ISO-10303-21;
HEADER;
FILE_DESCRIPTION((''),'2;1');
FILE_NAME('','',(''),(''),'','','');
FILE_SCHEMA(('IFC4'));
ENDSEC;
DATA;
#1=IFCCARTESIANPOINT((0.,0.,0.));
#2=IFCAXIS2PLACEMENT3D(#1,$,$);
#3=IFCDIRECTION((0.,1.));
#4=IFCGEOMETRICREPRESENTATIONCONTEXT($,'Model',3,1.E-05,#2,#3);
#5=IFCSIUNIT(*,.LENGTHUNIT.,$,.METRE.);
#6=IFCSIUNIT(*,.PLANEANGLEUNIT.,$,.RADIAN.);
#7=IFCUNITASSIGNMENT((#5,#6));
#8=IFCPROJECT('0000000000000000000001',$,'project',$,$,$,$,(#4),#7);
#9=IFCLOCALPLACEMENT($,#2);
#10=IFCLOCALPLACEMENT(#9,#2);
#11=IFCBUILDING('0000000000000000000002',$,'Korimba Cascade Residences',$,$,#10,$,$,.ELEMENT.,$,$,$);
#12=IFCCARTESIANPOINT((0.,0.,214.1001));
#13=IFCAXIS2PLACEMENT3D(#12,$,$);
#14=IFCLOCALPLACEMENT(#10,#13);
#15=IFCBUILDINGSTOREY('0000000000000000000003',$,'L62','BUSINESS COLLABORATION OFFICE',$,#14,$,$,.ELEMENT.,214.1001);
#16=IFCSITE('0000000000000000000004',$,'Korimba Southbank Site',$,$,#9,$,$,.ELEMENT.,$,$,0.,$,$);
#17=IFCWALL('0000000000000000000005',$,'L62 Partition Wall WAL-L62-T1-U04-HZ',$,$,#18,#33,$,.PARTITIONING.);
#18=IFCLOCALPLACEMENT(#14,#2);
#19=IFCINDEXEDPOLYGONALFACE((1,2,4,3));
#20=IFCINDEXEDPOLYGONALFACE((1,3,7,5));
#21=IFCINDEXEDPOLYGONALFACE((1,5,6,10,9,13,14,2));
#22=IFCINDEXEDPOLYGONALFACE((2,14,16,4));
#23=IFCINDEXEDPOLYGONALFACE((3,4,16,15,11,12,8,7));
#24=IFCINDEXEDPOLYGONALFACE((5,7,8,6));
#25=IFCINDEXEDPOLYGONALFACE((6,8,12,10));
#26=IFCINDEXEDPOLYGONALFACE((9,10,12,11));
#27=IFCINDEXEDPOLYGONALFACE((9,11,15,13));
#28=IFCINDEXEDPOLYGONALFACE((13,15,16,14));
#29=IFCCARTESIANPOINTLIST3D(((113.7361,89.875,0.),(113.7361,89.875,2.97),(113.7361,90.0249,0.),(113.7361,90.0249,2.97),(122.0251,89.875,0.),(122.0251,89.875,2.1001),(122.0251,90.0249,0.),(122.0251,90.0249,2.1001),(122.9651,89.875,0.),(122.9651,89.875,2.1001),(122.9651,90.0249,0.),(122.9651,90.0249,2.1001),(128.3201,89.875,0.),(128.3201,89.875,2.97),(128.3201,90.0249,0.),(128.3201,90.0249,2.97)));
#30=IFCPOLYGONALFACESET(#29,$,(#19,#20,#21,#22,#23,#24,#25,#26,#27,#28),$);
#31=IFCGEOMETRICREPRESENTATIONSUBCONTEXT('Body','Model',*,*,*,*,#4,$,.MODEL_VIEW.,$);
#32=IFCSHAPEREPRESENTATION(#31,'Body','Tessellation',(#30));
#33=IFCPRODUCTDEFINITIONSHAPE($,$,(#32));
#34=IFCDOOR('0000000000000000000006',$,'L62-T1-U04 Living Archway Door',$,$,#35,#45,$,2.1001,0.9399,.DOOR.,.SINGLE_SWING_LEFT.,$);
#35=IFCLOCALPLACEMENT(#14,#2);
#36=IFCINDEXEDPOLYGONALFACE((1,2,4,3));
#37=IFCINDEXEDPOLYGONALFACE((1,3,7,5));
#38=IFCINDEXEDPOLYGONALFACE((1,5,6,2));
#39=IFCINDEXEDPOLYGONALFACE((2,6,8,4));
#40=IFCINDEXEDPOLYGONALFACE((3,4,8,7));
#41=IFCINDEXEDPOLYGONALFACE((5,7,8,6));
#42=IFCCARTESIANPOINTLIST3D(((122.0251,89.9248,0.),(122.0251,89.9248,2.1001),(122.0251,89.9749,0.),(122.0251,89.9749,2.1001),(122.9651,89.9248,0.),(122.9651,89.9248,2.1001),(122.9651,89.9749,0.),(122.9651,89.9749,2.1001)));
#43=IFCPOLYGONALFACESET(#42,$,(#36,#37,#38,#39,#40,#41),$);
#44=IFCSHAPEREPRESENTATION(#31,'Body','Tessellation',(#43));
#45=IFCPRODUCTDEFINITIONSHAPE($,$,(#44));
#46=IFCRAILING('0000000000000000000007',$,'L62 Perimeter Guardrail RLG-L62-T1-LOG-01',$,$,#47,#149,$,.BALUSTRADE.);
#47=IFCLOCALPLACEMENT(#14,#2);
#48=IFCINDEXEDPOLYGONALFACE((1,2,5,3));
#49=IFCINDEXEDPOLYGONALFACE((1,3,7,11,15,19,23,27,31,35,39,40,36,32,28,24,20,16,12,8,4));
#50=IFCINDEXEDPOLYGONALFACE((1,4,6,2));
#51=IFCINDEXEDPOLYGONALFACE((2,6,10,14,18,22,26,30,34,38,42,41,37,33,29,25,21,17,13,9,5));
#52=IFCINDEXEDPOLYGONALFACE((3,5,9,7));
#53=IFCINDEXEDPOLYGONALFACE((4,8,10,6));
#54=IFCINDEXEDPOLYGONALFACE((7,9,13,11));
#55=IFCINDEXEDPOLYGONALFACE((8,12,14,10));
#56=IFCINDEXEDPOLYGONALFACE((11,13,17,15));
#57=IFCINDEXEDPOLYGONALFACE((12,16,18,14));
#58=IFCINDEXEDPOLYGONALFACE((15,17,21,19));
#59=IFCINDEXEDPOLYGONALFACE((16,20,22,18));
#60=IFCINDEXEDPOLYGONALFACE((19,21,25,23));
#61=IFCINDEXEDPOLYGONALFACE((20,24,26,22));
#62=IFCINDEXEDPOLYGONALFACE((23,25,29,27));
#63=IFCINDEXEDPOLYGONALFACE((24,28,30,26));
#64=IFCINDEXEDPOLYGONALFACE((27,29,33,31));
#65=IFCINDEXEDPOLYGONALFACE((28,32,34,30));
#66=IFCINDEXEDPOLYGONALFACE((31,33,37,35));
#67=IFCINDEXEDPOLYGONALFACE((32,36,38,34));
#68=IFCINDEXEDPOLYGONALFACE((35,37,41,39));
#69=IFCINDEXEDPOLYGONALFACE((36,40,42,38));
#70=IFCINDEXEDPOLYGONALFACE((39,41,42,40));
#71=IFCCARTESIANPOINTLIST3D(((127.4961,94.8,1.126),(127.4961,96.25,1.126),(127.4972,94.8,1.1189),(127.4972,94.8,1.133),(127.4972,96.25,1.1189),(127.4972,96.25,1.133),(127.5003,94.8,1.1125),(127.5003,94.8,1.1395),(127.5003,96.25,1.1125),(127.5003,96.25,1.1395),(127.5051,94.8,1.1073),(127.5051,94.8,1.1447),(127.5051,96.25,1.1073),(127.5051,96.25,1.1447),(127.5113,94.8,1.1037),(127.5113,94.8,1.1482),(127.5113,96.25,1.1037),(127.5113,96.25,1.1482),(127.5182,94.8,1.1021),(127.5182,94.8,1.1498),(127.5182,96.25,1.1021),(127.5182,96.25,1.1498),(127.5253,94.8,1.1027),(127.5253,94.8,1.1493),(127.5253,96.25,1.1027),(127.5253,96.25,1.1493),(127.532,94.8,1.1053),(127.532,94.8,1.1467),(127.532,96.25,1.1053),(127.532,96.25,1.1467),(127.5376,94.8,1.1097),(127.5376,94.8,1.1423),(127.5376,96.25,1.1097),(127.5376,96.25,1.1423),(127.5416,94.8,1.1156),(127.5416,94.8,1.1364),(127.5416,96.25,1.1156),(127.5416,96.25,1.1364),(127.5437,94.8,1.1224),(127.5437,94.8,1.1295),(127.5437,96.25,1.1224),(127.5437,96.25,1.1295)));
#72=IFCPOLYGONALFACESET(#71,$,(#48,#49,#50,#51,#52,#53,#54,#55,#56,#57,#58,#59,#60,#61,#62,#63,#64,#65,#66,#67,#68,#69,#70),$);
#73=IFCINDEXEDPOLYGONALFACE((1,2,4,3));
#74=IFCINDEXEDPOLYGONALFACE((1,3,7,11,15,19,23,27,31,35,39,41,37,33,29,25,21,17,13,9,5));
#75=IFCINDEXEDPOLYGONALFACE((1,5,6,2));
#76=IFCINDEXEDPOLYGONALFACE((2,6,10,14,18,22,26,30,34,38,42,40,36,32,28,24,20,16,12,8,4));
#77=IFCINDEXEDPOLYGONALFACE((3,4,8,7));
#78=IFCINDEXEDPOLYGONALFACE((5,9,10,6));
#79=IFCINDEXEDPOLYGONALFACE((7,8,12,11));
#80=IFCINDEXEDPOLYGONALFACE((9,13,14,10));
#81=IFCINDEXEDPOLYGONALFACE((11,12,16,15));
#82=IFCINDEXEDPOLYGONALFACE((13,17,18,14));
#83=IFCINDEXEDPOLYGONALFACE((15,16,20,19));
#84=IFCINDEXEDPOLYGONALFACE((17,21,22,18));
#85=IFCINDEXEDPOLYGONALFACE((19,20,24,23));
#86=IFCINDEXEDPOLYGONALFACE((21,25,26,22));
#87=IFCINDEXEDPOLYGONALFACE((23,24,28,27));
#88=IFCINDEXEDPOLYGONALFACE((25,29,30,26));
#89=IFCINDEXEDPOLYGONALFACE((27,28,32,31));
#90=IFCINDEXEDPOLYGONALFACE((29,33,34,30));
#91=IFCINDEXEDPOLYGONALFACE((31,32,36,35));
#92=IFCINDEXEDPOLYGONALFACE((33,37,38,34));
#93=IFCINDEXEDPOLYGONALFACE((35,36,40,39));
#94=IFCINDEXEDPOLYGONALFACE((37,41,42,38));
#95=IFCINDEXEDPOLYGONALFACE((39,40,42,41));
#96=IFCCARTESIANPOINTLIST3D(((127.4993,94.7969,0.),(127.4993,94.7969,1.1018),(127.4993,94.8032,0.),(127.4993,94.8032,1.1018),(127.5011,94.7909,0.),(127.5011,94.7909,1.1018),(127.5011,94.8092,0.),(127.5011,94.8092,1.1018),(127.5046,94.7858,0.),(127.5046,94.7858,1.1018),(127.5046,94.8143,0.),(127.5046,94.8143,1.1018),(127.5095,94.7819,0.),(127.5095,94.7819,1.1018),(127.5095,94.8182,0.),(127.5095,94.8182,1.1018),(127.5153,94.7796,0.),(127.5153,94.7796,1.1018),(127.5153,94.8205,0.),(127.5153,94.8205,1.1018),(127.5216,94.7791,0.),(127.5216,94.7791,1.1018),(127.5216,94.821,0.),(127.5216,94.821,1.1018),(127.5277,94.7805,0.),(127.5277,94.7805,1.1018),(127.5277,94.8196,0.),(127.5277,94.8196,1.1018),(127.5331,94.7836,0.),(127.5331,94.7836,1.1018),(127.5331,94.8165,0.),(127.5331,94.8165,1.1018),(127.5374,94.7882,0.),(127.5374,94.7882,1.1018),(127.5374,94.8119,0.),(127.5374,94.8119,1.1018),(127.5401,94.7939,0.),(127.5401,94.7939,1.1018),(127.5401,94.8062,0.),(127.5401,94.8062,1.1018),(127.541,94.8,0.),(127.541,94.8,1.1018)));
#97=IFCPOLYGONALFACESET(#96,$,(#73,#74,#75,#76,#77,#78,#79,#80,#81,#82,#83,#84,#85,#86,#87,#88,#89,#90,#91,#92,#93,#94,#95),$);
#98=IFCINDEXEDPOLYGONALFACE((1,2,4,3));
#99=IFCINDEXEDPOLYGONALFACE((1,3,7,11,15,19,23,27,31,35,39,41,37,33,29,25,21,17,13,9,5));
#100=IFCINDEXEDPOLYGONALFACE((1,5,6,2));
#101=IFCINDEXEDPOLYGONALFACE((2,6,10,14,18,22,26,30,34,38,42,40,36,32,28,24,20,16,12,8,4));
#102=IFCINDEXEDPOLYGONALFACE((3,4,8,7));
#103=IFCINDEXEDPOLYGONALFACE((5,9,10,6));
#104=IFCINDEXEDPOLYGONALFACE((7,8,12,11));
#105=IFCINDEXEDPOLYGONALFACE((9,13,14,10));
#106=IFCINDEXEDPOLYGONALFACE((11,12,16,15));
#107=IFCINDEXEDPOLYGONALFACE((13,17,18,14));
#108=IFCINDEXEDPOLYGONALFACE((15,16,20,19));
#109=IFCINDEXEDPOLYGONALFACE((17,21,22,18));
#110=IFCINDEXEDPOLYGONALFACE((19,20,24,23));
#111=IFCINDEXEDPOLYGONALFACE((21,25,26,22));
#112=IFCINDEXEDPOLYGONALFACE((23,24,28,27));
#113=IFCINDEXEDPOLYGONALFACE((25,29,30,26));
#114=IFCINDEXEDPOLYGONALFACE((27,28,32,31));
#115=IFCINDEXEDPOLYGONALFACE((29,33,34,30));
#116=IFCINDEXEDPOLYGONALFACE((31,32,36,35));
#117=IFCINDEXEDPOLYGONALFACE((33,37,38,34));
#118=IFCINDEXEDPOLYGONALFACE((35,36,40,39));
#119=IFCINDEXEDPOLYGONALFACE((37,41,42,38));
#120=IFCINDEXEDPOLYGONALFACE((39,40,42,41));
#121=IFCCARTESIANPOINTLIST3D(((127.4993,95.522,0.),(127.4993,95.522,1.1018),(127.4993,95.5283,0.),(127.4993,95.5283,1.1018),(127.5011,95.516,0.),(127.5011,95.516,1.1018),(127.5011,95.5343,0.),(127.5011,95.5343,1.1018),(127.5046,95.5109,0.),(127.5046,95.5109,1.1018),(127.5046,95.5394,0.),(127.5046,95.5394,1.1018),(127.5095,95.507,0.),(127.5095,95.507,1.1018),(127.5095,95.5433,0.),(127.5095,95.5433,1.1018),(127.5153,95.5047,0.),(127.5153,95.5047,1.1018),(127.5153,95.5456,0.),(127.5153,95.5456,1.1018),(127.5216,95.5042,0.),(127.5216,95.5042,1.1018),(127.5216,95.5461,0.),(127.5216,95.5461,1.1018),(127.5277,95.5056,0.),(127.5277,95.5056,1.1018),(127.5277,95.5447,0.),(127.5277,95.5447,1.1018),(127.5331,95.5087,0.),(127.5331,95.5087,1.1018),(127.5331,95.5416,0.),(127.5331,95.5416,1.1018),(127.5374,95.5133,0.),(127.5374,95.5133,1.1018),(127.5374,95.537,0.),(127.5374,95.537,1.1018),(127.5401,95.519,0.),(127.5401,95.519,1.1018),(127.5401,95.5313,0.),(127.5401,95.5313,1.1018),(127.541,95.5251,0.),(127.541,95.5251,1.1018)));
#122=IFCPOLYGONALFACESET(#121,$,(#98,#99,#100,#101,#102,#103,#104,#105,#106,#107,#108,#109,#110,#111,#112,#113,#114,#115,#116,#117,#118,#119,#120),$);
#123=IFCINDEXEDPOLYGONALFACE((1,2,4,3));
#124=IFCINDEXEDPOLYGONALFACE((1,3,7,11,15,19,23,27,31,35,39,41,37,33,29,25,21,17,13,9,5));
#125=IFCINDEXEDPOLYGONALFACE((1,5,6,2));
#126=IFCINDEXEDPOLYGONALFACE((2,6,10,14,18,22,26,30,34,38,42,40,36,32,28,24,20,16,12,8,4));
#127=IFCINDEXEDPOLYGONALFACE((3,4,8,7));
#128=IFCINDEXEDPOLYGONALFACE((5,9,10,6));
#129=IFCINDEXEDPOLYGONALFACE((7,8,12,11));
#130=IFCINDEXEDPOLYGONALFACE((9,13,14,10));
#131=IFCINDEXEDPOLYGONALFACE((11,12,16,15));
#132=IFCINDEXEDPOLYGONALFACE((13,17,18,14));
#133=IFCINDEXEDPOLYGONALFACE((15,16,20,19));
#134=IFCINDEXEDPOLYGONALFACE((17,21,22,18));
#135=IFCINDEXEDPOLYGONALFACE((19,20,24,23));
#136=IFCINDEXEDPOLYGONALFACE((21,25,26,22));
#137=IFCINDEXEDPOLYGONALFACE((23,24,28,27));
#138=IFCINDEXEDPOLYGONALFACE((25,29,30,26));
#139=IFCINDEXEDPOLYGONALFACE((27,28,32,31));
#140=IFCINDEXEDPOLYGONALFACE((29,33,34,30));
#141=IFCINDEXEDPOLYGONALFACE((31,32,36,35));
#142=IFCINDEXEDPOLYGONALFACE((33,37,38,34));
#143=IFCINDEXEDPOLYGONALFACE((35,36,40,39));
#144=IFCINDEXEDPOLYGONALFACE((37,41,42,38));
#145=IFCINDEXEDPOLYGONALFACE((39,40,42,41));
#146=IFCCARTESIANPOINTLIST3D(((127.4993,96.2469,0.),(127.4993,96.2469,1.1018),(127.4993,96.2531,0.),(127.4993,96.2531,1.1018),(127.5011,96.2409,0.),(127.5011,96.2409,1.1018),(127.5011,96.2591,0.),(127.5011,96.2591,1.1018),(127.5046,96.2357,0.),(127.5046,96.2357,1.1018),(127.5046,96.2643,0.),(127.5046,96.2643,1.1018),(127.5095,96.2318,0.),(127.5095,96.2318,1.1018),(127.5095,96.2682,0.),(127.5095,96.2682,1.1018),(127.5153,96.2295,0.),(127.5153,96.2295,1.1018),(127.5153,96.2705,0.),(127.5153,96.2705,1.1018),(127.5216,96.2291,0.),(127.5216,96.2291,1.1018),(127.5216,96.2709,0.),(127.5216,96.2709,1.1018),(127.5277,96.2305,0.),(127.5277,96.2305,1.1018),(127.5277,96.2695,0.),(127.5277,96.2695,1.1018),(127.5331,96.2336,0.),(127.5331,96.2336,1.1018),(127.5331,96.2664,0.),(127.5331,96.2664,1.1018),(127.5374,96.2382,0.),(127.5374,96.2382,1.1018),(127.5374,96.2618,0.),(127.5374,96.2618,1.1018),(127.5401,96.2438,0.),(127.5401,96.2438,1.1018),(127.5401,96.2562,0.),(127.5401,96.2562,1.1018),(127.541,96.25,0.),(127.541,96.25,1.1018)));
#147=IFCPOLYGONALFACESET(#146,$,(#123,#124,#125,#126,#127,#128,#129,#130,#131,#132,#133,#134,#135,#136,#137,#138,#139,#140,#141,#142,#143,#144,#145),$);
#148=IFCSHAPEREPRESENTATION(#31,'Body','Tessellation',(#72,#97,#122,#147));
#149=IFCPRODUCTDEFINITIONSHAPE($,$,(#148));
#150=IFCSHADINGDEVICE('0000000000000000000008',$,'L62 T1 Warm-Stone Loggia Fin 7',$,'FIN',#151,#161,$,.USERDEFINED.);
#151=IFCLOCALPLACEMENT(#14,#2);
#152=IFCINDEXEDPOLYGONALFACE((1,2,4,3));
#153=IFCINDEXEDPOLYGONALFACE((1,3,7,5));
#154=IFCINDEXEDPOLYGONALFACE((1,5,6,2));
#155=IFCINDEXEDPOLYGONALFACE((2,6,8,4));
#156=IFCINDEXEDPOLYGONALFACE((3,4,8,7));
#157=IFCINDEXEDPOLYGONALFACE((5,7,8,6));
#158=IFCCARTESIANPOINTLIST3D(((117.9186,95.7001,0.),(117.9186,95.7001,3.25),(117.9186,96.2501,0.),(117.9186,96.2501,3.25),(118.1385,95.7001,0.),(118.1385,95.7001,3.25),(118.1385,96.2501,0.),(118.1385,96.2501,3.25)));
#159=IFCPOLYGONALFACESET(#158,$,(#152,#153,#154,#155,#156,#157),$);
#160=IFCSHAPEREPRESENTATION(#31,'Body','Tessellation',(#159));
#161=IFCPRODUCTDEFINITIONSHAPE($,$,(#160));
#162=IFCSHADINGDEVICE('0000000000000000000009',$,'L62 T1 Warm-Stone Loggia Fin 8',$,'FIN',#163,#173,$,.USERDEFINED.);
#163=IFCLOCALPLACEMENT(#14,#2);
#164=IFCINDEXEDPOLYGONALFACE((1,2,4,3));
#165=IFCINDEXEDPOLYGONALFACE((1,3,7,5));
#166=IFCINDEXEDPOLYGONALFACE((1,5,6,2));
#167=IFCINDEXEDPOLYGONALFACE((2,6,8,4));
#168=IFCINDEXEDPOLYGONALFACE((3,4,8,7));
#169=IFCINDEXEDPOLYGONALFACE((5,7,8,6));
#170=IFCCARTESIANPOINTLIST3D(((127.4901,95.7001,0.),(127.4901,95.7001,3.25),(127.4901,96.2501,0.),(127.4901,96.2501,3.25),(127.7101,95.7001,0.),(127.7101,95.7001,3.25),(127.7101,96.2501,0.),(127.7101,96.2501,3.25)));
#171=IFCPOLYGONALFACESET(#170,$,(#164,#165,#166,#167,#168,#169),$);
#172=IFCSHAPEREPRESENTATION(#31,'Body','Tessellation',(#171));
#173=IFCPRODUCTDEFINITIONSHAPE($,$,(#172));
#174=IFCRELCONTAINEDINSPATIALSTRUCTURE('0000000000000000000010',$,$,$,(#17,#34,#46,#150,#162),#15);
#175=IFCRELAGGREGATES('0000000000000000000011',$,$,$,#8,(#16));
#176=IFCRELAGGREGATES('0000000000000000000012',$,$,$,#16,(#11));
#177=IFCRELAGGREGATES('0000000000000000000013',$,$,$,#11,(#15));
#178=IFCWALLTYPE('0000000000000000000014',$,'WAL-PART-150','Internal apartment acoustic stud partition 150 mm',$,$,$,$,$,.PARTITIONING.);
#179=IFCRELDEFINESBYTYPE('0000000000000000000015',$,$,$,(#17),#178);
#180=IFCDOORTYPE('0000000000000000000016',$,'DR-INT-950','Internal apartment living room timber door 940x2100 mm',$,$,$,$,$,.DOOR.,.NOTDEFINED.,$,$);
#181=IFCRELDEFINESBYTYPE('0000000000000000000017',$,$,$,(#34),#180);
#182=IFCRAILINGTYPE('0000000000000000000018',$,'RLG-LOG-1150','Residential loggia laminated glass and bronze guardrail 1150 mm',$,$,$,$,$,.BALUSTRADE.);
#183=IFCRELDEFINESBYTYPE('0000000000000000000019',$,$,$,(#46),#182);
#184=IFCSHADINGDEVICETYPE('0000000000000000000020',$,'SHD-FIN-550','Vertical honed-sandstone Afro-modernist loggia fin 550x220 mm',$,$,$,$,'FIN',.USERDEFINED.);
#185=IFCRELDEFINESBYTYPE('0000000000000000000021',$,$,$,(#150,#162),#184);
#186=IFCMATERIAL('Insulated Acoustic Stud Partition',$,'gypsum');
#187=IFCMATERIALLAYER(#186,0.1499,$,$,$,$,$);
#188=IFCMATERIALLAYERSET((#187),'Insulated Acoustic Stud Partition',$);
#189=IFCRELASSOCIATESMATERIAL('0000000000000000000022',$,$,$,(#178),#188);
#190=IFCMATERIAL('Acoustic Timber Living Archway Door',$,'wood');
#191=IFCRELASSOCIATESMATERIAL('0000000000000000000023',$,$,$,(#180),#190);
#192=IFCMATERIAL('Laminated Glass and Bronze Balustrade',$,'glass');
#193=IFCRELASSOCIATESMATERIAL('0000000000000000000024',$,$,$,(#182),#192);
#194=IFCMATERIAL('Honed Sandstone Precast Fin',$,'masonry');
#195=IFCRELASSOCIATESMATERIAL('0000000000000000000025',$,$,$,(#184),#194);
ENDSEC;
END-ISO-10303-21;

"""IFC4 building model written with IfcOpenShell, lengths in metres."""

from ifc_helpers import new_model, si_unit, direction, frame, frame_2d, origin, origin_2d, place, context, subcontext, project, spatial, rectangle, circle, extrude, material, layer, layer_set, type_object, element, fill, save


model = new_model("IFC4")

# Units and contexts
model_context = context("Model", 3, precision=1e-05, world=origin(), true_north=direction((0.0, 1.0)))
body_context = subcontext(model_context, "Body", "Model", "MODEL_VIEW")
ifc_project = project(units=[si_unit("LENGTHUNIT", "METRE"), si_unit("PLANEANGLEUNIT", "RADIAN")], contexts=[model_context])

# Site, building, storey
site_placement = place(None, origin())
site = spatial("IfcSite", under=ifc_project, at=site_placement, Name="Korimba Southbank Site", CompositionType="ELEMENT", RefElevation=0.0)
building_placement = place(site_placement, origin())
building = spatial("IfcBuilding", under=site, at=building_placement, Name="Korimba Cascade Residences", CompositionType="ELEMENT")
storey_placement = place(building_placement, frame((0.0, 0.0, 214.1001)))
storey = spatial("IfcBuildingStorey", under=building, at=storey_placement, Name="L62", Description="BUSINESS COLLABORATION OFFICE", CompositionType="ELEMENT", Elevation=214.1001)

# Shared definitions
ifc_material_1 = material(Name="Insulated Acoustic Stud Partition", Category="gypsum")
ifc_layer_1 = layer(ifc_material_1, 0.1499)
ifc_layer_set_1 = layer_set([ifc_layer_1], Name="Insulated Acoustic Stud Partition")
wall_type_1 = type_object("IfcWallType", Name="WAL-PART-150", Description="Internal apartment acoustic stud partition 150 mm", PredefinedType="PARTITIONING", material=ifc_layer_set_1)

# Wall, opening, door
wall_1_placement = place(storey_placement, frame((113.7361, 89.95, 0.0), z_axis=(0.0, 0.0, 1.0), x_axis=(1.0, 0.0, 0.0)))
wall_1 = element("IfcWall", 1, at=wall_1_placement, inside=storey, type_object=wall_type_1, Name="L62 Partition Wall WAL-L62-T1-U04-HZ", PredefinedType="PARTITIONING", context=body_context, shape_type="SweptSolid", body=[
    extrude(rectangle(XDim=14.584, YDim=0.1499, at=frame_2d((7.292, 0.0))), origin(), (0.0, 0.0, 1.0), 2.97),
])
opening_1_placement = place(wall_1_placement, frame((8.2891, 0.0, 0.0)))
opening_1 = element("IfcOpeningElement", 2, at=opening_1_placement, cuts=wall_1, PredefinedType="OPENING", context=body_context, shape_type="SweptSolid", body=[
    extrude(rectangle(XDim=0.9399, YDim=2.1001, at=frame_2d((0.47, 1.05))), frame((0.0, 0.085, 0.0), z_axis=(0.0, -1.0, 0.0), x_axis=(1.0, 0.0, 0.0)), (0.0, 0.0, 1.0), 0.1699),
])
ifc_material_2 = material(Name="Acoustic Timber Living Archway Door", Category="wood")
door_type_1 = type_object("IfcDoorType", Name="DR-INT-950", Description="Internal apartment living room timber door 940x2100 mm", OperationType="NOTDEFINED", PredefinedType="DOOR", material=ifc_material_2)
door_1_placement = place(opening_1_placement, origin())
door_1 = element("IfcDoor", 3, at=door_1_placement, inside=storey, type_object=door_type_1, Name="L62-T1-U04 Living Archway Door", OperationType="SINGLE_SWING_LEFT", OverallHeight=2.1001, OverallWidth=0.9399, PredefinedType="DOOR", context=body_context, shape_type="SweptSolid", body=[
    extrude(rectangle(XDim=0.9399, YDim=2.1001, at=frame_2d((0.47, 1.05))), frame((0.0, 0.0249, 0.0), z_axis=(0.0, -1.0, 0.0), x_axis=(1.0, 0.0, 0.0)), (0.0, 0.0, 1.0), 0.05),
])
fill(opening_1, door_1)

# Railing
ifc_material_3 = material(Name="Laminated Glass and Bronze Balustrade", Category="glass")
railing_type = type_object("IfcRailingType", Name="RLG-LOG-1150", Description="Residential loggia laminated glass and bronze guardrail 1150 mm", PredefinedType="BALUSTRADE", material=ifc_material_3)
railing_1_placement = place(storey_placement, frame((127.52, 94.8, 0.0)))
element("IfcRailing", 4, at=railing_1_placement, inside=storey, type_object=railing_type, Name="L62 Perimeter Guardrail RLG-L62-T1-LOG-01", PredefinedType="BALUSTRADE", context=body_context, shape_type="SweptSolid", body=[
    extrude(circle(Radius=0.0239, at=origin_2d()), frame((0.0, 0.0, 1.126), z_axis=(0.0, 1.0, 0.0), x_axis=(-1.0, 0.0, 0.0)), (0.0, 0.0, 1.0), 1.45),
    extrude(circle(Radius=0.021, at=origin_2d()), origin(), (0.0, 0.0, 1.0), 1.1018),
    extrude(circle(Radius=0.021, at=origin_2d()), frame((0.0, 0.7251, 0.0)), (0.0, 0.0, 1.0), 1.1018),
    extrude(circle(Radius=0.021, at=origin_2d()), frame((0.0, 1.45, 0.0)), (0.0, 0.0, 1.0), 1.1018),
])

# Shading devices
ifc_material_4 = material(Name="Honed Sandstone Precast Fin", Category="masonry")
shading_device_type = type_object("IfcShadingDeviceType", Name="SHD-FIN-550", Description="Vertical honed-sandstone Afro-modernist loggia fin 550x220 mm", ElementType="FIN", PredefinedType="USERDEFINED", material=ifc_material_4)
for number, where, z_axis, x_axis, name in (
    (5, (118.0286, 95.9751, 0.0), (0.0, 0.0, 1.0), (1.0, 0.0, 0.0), "L62 T1 Warm-Stone Loggia Fin 7"),
    (6, (127.6001, 95.9751, 0.0), (0.0, 0.0, 1.0), (1.0, 0.0, 0.0), "L62 T1 Warm-Stone Loggia Fin 8"),
):
    element("IfcShadingDevice", number, at=place(storey_placement, frame(where, z_axis=z_axis, x_axis=x_axis)), inside=storey, type_object=shading_device_type, Name=name, ObjectType="FIN", PredefinedType="USERDEFINED", context=body_context, shape_type="SweptSolid", body=[
        extrude(rectangle(XDim=0.22, YDim=0.55, at=origin_2d()), origin(), (0.0, 0.0, 1.0), 3.25),
    ])

save(model, "model.ifc")
